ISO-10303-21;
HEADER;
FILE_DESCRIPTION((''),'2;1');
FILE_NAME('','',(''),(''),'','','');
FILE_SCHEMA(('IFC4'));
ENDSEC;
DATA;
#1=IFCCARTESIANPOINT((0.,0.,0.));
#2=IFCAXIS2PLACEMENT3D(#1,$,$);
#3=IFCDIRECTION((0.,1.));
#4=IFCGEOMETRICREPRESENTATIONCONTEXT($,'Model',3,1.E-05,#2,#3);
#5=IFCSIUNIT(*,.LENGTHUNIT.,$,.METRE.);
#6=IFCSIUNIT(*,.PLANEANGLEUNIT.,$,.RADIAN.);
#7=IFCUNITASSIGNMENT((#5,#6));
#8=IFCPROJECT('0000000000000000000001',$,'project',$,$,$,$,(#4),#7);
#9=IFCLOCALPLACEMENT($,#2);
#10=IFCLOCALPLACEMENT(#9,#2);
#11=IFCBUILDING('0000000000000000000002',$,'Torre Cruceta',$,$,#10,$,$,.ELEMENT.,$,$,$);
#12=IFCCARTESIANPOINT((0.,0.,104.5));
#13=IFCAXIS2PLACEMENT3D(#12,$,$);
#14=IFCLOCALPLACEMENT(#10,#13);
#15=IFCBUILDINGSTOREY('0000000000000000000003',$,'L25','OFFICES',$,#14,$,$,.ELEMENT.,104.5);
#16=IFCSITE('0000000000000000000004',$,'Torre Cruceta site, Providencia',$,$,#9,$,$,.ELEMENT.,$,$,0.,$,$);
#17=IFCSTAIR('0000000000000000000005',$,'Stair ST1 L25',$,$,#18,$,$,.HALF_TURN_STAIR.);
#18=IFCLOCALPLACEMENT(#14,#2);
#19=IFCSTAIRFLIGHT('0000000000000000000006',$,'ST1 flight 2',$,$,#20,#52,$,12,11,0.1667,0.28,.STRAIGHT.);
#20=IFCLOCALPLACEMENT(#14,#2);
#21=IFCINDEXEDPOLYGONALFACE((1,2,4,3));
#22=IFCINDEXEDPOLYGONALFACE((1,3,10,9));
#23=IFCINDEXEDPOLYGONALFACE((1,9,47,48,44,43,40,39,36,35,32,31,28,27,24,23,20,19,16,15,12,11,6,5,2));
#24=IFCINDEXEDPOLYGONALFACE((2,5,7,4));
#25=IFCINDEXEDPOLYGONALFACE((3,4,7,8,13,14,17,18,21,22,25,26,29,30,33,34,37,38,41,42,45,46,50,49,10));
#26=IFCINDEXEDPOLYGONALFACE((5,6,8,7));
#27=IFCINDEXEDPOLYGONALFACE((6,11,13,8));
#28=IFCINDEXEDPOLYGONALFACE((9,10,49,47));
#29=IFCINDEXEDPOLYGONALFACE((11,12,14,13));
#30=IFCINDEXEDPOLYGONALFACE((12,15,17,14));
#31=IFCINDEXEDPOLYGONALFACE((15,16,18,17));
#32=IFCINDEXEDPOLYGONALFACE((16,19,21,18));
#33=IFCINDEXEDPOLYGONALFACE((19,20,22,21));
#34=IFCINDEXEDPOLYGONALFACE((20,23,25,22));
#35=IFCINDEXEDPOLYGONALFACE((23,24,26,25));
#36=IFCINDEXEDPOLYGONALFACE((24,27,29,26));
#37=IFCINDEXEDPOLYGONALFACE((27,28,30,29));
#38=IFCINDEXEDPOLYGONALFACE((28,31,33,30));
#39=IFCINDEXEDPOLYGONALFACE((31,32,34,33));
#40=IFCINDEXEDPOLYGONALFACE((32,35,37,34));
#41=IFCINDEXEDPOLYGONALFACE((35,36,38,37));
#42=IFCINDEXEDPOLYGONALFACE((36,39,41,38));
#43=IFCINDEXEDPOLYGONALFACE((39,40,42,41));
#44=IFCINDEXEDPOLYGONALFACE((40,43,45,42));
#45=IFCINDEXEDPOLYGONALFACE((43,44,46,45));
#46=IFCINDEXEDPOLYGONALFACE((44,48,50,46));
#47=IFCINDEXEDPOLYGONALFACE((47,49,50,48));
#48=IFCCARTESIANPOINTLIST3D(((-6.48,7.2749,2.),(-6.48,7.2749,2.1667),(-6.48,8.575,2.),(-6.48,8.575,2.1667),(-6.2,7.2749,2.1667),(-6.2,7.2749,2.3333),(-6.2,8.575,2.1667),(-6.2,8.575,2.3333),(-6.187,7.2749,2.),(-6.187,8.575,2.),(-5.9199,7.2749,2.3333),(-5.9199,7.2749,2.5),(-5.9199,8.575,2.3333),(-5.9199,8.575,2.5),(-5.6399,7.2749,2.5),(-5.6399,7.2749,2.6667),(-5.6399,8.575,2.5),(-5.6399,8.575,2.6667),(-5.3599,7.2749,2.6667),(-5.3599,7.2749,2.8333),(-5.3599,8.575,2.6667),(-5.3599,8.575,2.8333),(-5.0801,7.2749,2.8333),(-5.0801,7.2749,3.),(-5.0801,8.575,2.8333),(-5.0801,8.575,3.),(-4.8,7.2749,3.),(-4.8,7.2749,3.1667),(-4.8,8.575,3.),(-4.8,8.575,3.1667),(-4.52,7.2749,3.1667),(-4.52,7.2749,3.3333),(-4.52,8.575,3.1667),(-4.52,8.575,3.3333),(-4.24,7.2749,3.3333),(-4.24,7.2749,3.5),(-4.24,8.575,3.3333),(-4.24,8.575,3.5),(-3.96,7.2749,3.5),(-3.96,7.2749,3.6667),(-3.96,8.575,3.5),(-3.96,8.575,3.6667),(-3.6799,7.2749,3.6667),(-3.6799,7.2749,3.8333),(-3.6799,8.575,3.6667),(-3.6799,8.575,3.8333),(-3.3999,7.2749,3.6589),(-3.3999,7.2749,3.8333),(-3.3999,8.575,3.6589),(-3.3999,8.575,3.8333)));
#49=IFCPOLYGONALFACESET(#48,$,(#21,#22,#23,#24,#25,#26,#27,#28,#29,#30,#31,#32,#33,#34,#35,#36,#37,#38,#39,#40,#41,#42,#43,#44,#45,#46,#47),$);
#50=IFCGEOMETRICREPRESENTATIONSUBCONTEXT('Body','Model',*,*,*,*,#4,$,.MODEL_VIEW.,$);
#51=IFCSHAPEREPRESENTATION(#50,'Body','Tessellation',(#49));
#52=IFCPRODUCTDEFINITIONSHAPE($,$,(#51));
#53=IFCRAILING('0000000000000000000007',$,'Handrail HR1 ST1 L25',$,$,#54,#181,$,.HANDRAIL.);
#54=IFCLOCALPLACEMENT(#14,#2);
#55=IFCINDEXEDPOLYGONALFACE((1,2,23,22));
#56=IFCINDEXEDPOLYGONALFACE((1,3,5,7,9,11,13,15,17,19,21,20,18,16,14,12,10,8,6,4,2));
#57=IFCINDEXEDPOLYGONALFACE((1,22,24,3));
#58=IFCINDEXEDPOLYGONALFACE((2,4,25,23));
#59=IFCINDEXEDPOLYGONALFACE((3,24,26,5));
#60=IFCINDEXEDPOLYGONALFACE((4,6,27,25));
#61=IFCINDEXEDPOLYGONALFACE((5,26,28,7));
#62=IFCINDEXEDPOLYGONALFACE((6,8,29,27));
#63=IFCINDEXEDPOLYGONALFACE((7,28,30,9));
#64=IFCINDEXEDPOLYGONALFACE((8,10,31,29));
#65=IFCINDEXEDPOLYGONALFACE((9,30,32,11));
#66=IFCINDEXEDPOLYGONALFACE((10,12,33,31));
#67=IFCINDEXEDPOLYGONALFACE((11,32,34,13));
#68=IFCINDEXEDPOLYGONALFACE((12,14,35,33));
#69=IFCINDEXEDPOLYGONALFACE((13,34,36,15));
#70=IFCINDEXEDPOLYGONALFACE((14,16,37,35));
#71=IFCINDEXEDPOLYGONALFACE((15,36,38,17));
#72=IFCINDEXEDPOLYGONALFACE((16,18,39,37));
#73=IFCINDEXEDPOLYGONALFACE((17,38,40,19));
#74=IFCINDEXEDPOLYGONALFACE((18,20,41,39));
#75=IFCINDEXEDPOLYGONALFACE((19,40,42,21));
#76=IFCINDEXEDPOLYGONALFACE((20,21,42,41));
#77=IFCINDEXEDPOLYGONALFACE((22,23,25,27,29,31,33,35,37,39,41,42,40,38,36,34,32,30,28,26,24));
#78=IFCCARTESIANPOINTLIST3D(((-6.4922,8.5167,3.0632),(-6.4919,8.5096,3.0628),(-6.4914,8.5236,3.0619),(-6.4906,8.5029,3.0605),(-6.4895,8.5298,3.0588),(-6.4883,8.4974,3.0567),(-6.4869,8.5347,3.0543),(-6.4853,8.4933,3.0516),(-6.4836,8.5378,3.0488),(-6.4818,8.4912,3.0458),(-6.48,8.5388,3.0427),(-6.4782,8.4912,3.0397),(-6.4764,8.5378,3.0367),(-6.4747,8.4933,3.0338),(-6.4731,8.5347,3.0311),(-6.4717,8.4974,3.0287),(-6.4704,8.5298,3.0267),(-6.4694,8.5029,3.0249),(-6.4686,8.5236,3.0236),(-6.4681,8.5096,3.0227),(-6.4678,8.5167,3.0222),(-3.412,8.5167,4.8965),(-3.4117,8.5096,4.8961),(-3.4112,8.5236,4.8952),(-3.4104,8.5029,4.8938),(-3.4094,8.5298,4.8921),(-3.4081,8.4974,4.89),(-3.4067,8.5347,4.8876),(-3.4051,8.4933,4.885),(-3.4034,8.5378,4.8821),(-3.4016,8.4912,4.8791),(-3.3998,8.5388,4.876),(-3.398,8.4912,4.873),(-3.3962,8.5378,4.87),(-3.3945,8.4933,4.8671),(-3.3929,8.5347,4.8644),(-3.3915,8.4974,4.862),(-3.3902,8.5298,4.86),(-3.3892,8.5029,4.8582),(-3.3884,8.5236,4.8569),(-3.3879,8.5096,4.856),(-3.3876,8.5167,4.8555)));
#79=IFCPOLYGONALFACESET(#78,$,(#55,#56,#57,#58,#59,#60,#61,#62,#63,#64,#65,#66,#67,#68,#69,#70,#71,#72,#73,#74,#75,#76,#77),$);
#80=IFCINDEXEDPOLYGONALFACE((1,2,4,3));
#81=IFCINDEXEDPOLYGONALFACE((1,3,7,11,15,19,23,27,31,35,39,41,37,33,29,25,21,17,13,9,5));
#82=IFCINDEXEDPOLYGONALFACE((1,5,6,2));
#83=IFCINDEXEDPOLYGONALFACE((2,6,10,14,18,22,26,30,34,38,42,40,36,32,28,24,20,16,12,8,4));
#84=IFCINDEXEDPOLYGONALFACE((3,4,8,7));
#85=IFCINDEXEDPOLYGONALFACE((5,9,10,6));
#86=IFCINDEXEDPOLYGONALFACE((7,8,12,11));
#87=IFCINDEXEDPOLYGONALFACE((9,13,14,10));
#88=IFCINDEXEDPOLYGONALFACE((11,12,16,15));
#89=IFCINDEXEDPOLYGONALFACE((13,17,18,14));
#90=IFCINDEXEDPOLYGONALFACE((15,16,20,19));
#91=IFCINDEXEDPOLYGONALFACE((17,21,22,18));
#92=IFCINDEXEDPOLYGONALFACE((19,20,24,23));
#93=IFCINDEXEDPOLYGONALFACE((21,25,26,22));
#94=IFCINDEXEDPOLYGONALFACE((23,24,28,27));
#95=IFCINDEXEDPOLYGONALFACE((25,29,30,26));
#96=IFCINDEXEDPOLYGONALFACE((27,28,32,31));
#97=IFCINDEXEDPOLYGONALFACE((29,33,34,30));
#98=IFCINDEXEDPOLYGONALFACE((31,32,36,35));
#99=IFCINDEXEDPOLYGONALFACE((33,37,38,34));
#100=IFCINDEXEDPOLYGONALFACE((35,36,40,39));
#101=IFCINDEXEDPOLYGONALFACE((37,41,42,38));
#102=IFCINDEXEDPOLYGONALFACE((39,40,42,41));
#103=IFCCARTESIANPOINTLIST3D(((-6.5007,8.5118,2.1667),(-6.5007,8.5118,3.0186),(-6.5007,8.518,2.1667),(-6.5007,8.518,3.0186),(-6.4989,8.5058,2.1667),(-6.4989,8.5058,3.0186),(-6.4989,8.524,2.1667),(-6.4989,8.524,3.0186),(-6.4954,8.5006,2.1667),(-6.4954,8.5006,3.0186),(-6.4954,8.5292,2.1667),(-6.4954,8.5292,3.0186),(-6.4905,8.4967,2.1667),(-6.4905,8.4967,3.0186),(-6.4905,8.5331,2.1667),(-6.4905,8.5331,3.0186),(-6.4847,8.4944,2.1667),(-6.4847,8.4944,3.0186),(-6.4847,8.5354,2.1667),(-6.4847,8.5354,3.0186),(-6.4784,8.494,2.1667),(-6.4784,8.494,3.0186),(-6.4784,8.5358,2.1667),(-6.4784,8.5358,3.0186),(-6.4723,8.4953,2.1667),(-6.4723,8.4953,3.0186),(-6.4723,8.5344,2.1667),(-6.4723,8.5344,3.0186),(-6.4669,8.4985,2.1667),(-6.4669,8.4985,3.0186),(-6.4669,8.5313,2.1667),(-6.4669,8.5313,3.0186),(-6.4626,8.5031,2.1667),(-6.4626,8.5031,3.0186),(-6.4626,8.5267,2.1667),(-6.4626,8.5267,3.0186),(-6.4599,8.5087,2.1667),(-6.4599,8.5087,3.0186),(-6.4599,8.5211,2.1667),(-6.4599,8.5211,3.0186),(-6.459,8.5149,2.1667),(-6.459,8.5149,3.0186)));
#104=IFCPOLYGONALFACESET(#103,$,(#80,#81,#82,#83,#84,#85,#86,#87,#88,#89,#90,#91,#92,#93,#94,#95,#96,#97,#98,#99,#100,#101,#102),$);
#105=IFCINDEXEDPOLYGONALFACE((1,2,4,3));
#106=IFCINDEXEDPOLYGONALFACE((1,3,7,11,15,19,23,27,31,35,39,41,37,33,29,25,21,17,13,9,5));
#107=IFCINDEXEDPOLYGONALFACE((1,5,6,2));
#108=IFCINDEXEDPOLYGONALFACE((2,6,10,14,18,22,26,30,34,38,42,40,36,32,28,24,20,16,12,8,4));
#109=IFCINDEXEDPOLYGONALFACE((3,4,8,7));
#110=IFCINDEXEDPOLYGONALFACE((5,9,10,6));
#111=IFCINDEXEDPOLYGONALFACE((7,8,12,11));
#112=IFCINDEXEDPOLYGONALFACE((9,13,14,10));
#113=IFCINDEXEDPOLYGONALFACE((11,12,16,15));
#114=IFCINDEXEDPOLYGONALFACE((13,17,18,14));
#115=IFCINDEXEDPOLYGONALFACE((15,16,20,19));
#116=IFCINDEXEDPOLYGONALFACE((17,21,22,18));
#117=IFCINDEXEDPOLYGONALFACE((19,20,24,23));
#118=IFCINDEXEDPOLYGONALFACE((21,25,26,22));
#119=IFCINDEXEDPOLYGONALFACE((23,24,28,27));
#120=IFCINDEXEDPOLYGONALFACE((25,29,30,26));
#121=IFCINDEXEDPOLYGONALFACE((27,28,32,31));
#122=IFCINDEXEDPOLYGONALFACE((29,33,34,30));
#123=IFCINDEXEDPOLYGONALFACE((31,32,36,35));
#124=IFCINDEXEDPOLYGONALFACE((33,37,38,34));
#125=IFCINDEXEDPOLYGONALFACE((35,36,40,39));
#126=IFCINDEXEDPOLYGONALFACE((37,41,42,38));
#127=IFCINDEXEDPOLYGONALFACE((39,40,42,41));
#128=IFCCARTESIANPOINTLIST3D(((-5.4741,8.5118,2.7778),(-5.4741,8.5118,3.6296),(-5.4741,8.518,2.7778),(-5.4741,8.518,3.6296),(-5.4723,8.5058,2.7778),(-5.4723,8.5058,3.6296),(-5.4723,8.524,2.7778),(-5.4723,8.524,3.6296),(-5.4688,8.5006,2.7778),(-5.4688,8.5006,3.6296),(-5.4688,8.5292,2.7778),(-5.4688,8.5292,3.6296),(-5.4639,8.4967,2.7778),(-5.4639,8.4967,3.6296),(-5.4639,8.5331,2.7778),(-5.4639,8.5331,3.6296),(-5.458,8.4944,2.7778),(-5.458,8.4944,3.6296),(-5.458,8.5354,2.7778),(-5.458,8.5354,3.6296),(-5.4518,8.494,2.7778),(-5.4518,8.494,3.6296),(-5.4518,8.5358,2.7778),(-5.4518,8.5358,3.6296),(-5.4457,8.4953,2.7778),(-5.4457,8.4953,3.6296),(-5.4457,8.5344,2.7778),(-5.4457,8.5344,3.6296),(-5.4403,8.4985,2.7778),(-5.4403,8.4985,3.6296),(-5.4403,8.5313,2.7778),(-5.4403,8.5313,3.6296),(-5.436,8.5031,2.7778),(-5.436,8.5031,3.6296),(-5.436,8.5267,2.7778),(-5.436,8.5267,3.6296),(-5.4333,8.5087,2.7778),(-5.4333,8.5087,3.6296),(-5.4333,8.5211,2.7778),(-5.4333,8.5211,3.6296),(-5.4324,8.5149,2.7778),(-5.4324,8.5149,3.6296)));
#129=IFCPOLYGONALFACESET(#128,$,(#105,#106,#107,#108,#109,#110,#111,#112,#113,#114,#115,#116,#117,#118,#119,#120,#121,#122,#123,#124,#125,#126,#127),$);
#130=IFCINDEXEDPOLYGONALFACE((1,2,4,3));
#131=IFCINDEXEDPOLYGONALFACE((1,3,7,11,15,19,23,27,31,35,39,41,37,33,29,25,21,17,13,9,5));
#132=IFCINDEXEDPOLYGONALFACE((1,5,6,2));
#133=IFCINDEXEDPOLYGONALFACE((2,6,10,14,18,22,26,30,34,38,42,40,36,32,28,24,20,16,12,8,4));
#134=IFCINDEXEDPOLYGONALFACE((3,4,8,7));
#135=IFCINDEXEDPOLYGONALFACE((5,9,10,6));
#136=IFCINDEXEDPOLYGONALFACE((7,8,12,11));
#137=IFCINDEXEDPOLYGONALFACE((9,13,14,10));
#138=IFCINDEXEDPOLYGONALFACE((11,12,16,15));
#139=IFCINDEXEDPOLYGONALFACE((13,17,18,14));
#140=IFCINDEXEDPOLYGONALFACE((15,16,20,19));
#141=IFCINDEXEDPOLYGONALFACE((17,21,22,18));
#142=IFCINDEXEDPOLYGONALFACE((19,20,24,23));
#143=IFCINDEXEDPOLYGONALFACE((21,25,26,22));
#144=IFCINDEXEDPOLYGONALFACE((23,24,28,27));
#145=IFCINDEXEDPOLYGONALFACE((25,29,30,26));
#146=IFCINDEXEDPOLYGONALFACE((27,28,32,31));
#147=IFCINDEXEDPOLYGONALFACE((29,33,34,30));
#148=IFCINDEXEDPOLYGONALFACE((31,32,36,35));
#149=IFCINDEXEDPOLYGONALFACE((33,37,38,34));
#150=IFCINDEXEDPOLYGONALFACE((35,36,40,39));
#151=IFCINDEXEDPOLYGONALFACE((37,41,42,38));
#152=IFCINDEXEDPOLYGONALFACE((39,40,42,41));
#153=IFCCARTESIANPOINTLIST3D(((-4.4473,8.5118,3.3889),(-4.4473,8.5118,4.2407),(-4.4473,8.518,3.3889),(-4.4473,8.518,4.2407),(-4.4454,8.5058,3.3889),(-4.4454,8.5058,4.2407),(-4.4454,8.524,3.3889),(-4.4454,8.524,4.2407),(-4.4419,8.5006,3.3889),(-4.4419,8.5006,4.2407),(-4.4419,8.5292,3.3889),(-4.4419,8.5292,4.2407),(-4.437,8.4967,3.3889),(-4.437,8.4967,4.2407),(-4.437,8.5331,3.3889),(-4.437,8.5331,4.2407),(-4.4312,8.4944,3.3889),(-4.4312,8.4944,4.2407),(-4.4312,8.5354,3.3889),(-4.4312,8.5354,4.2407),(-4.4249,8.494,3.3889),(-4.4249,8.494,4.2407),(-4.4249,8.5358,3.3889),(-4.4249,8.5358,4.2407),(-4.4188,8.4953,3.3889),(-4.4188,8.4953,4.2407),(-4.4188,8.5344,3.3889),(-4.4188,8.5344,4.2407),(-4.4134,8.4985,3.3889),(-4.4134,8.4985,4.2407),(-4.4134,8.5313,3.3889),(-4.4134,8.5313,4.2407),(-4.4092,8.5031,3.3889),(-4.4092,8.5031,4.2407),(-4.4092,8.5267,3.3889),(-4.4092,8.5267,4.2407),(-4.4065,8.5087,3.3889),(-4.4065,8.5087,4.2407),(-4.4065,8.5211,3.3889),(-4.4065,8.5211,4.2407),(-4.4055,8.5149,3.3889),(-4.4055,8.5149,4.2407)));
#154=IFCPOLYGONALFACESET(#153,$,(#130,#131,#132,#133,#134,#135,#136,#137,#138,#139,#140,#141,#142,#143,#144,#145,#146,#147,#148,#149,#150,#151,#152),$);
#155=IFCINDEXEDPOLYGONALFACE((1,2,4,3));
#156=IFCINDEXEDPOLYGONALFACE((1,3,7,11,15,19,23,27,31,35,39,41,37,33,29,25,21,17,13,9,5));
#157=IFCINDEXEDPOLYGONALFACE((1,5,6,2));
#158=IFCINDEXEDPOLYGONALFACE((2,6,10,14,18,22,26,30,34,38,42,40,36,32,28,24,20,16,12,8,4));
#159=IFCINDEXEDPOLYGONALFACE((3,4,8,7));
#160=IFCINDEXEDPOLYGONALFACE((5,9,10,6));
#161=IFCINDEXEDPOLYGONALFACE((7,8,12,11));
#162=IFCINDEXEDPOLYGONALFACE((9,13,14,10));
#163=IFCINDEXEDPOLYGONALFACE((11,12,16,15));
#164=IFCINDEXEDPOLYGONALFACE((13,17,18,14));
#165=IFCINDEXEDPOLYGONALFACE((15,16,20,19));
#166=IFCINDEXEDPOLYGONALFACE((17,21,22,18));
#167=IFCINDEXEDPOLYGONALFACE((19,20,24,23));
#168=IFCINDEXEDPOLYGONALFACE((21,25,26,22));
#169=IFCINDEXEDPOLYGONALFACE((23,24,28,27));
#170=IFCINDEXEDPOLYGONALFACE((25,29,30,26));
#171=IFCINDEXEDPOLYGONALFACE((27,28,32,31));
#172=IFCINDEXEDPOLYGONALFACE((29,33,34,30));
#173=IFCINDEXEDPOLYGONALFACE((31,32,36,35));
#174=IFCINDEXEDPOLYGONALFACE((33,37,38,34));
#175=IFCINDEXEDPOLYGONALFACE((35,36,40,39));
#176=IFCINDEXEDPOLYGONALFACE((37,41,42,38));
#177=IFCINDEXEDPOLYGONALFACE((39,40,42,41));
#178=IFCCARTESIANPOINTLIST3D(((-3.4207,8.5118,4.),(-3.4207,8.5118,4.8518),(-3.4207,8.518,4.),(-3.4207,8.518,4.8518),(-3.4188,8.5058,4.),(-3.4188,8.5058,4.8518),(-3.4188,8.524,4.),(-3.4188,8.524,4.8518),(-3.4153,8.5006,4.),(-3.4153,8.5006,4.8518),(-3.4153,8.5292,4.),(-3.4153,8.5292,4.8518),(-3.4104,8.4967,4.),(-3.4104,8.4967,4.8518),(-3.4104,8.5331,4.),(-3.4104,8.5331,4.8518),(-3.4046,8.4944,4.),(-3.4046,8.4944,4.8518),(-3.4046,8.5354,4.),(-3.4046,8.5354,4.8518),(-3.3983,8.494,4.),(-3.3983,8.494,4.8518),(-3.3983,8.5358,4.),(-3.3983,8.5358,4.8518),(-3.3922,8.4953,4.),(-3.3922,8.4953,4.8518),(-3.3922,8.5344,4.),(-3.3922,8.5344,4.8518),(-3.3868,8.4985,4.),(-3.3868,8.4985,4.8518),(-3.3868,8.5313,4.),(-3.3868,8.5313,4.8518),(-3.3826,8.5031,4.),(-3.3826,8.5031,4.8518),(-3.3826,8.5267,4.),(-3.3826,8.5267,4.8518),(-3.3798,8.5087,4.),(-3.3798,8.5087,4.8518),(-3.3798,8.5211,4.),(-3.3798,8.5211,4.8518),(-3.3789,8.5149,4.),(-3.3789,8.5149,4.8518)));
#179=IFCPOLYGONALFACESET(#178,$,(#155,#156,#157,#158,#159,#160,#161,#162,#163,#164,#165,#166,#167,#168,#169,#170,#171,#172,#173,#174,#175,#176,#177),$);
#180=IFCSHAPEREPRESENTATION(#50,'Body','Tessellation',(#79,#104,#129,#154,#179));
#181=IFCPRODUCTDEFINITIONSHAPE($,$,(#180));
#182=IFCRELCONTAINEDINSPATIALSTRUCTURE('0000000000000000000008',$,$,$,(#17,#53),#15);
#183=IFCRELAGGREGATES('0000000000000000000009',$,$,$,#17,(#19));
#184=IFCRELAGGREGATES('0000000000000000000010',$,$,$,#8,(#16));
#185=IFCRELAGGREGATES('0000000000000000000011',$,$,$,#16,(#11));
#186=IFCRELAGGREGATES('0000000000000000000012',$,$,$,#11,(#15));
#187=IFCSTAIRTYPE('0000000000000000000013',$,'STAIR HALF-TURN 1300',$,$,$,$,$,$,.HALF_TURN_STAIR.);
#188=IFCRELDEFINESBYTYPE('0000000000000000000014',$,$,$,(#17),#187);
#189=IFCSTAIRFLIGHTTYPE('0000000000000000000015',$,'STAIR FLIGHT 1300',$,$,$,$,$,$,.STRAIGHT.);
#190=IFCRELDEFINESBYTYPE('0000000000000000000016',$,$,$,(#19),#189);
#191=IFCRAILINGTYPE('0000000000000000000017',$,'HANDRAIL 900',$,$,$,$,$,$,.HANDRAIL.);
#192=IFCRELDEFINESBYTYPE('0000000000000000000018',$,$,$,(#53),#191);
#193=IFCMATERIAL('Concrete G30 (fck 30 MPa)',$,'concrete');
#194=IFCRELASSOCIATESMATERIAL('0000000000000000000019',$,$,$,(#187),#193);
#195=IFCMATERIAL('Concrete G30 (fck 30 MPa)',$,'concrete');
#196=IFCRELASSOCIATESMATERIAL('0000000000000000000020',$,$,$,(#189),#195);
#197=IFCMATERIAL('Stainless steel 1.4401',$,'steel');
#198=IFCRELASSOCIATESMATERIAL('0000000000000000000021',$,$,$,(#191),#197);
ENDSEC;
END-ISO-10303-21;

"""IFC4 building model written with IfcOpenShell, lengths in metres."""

from ifc_helpers import new_model, si_unit, direction, frame, origin, origin_2d, place, context, subcontext, project, spatial, polyline, circle, outline, extrude, material, type_object, element, aggregate, save


model = new_model("IFC4")

# Units and contexts
model_context = context("Model", 3, precision=1e-05, world=origin(), true_north=direction((0.0, 1.0)))
body_context = subcontext(model_context, "Body", "Model", "MODEL_VIEW")
ifc_project = project(units=[si_unit("LENGTHUNIT", "METRE"), si_unit("PLANEANGLEUNIT", "RADIAN")], contexts=[model_context])

# Site, building, storey
site_placement = place(None, origin())
site = spatial("IfcSite", under=ifc_project, at=site_placement, Name="Torre Cruceta site, Providencia", CompositionType="ELEMENT", RefElevation=0.0)
building_placement = place(site_placement, origin())
building = spatial("IfcBuilding", under=site, at=building_placement, Name="Torre Cruceta", CompositionType="ELEMENT")
storey_placement = place(building_placement, frame((0.0, 0.0, 104.5)))
storey = spatial("IfcBuildingStorey", under=building, at=storey_placement, Name="L25", Description="OFFICES", CompositionType="ELEMENT", Elevation=104.5)

# Stair, stair flight
ifc_material_1 = material(Name="Concrete G30 (fck 30 MPa)", Category="concrete")
stair_type = type_object("IfcStairType", Name="STAIR HALF-TURN 1300", PredefinedType="HALF_TURN_STAIR", material=ifc_material_1)
stair_placement = place(storey_placement, origin())
stair = element("IfcStair", 1, at=stair_placement, inside=storey, type_object=stair_type, Name="Stair ST1 L25", PredefinedType="HALF_TURN_STAIR")
ifc_material_2 = material(Name="Concrete G30 (fck 30 MPa)", Category="concrete")
stair_flight_type = type_object("IfcStairFlightType", Name="STAIR FLIGHT 1300", PredefinedType="STRAIGHT", material=ifc_material_2)
stair_flight_1_placement = place(storey_placement, frame((-6.48, 7.925, 2.0), z_axis=(0.0, 0.0, 1.0), x_axis=(1.0, 0.0, 0.0)))
stair_flight_1 = element("IfcStairFlight", 2, at=stair_flight_1_placement, type_object=stair_flight_type, Name="ST1 flight 2", NumberOfRisers=12, NumberOfTreads=11, PredefinedType="STRAIGHT", RiserHeight=0.1667, TreadLength=0.28, context=body_context, shape_type="SweptSolid", body=[
    extrude(outline(polyline([(0.0, 0.0), (0.0, 0.1667), (0.28, 0.1667), (0.28, 0.3333), (0.5601, 0.3333), (0.5601, 0.5), (0.8401, 0.5), (0.8401, 0.6667), (1.1201, 0.6667), (1.1201, 0.8333), (1.3999, 0.8333), (1.3999, 1.0), (1.6799, 1.0), (1.6799, 1.1667), (1.96, 1.1667), (1.96, 1.3333), (2.24, 1.3333), (2.24, 1.5), (2.52, 1.5), (2.52, 1.6667), (2.8, 1.6667), (2.8, 1.8333), (3.0801, 1.8333), (3.0801, 2.0), (3.0801, 1.6589), (0.293, 0.0), (0.0, 0.0)])), frame((0.0, 0.6499, 0.0), z_axis=(0.0, -1.0, 0.0), x_axis=(1.0, 0.0, 0.0)), (0.0, 0.0, 1.0), 1.3),
])
aggregate(stair, [stair_flight_1])

# Railing
ifc_material_3 = material(Name="Stainless steel 1.4401", Category="steel")
railing_type = type_object("IfcRailingType", Name="HANDRAIL 900", PredefinedType="HANDRAIL", material=ifc_material_3)
railing_placement = place(storey_placement, frame((-6.48, 8.5149, 2.1667)))
element("IfcRailing", 3, at=railing_placement, inside=storey, type_object=railing_type, Name="Handrail HR1 ST1 L25", PredefinedType="HANDRAIL", context=body_context, shape_type="SweptSolid", body=[
    extrude(circle(Radius=0.0239, at=origin_2d()), frame((0.0, 0.0, 0.876), z_axis=(0.859309, 0.0, 0.511458), x_axis=(0.0, 1.0, 0.0)), (0.0, 0.0, 1.0), 3.5845),
    extrude(circle(Radius=0.021, at=origin_2d()), origin(), (0.0, 0.0, 1.0), 0.8518),
    extrude(circle(Radius=0.021, at=origin_2d()), frame((1.0266, 0.0, 0.6111)), (0.0, 0.0, 1.0), 0.8518),
    extrude(circle(Radius=0.021, at=origin_2d()), frame((2.0535, 0.0, 1.2222)), (0.0, 0.0, 1.0), 0.8518),
    extrude(circle(Radius=0.021, at=origin_2d()), frame((3.0801, 0.0, 1.8333)), (0.0, 0.0, 1.0), 0.8518),
])

save(model, "model.ifc")
